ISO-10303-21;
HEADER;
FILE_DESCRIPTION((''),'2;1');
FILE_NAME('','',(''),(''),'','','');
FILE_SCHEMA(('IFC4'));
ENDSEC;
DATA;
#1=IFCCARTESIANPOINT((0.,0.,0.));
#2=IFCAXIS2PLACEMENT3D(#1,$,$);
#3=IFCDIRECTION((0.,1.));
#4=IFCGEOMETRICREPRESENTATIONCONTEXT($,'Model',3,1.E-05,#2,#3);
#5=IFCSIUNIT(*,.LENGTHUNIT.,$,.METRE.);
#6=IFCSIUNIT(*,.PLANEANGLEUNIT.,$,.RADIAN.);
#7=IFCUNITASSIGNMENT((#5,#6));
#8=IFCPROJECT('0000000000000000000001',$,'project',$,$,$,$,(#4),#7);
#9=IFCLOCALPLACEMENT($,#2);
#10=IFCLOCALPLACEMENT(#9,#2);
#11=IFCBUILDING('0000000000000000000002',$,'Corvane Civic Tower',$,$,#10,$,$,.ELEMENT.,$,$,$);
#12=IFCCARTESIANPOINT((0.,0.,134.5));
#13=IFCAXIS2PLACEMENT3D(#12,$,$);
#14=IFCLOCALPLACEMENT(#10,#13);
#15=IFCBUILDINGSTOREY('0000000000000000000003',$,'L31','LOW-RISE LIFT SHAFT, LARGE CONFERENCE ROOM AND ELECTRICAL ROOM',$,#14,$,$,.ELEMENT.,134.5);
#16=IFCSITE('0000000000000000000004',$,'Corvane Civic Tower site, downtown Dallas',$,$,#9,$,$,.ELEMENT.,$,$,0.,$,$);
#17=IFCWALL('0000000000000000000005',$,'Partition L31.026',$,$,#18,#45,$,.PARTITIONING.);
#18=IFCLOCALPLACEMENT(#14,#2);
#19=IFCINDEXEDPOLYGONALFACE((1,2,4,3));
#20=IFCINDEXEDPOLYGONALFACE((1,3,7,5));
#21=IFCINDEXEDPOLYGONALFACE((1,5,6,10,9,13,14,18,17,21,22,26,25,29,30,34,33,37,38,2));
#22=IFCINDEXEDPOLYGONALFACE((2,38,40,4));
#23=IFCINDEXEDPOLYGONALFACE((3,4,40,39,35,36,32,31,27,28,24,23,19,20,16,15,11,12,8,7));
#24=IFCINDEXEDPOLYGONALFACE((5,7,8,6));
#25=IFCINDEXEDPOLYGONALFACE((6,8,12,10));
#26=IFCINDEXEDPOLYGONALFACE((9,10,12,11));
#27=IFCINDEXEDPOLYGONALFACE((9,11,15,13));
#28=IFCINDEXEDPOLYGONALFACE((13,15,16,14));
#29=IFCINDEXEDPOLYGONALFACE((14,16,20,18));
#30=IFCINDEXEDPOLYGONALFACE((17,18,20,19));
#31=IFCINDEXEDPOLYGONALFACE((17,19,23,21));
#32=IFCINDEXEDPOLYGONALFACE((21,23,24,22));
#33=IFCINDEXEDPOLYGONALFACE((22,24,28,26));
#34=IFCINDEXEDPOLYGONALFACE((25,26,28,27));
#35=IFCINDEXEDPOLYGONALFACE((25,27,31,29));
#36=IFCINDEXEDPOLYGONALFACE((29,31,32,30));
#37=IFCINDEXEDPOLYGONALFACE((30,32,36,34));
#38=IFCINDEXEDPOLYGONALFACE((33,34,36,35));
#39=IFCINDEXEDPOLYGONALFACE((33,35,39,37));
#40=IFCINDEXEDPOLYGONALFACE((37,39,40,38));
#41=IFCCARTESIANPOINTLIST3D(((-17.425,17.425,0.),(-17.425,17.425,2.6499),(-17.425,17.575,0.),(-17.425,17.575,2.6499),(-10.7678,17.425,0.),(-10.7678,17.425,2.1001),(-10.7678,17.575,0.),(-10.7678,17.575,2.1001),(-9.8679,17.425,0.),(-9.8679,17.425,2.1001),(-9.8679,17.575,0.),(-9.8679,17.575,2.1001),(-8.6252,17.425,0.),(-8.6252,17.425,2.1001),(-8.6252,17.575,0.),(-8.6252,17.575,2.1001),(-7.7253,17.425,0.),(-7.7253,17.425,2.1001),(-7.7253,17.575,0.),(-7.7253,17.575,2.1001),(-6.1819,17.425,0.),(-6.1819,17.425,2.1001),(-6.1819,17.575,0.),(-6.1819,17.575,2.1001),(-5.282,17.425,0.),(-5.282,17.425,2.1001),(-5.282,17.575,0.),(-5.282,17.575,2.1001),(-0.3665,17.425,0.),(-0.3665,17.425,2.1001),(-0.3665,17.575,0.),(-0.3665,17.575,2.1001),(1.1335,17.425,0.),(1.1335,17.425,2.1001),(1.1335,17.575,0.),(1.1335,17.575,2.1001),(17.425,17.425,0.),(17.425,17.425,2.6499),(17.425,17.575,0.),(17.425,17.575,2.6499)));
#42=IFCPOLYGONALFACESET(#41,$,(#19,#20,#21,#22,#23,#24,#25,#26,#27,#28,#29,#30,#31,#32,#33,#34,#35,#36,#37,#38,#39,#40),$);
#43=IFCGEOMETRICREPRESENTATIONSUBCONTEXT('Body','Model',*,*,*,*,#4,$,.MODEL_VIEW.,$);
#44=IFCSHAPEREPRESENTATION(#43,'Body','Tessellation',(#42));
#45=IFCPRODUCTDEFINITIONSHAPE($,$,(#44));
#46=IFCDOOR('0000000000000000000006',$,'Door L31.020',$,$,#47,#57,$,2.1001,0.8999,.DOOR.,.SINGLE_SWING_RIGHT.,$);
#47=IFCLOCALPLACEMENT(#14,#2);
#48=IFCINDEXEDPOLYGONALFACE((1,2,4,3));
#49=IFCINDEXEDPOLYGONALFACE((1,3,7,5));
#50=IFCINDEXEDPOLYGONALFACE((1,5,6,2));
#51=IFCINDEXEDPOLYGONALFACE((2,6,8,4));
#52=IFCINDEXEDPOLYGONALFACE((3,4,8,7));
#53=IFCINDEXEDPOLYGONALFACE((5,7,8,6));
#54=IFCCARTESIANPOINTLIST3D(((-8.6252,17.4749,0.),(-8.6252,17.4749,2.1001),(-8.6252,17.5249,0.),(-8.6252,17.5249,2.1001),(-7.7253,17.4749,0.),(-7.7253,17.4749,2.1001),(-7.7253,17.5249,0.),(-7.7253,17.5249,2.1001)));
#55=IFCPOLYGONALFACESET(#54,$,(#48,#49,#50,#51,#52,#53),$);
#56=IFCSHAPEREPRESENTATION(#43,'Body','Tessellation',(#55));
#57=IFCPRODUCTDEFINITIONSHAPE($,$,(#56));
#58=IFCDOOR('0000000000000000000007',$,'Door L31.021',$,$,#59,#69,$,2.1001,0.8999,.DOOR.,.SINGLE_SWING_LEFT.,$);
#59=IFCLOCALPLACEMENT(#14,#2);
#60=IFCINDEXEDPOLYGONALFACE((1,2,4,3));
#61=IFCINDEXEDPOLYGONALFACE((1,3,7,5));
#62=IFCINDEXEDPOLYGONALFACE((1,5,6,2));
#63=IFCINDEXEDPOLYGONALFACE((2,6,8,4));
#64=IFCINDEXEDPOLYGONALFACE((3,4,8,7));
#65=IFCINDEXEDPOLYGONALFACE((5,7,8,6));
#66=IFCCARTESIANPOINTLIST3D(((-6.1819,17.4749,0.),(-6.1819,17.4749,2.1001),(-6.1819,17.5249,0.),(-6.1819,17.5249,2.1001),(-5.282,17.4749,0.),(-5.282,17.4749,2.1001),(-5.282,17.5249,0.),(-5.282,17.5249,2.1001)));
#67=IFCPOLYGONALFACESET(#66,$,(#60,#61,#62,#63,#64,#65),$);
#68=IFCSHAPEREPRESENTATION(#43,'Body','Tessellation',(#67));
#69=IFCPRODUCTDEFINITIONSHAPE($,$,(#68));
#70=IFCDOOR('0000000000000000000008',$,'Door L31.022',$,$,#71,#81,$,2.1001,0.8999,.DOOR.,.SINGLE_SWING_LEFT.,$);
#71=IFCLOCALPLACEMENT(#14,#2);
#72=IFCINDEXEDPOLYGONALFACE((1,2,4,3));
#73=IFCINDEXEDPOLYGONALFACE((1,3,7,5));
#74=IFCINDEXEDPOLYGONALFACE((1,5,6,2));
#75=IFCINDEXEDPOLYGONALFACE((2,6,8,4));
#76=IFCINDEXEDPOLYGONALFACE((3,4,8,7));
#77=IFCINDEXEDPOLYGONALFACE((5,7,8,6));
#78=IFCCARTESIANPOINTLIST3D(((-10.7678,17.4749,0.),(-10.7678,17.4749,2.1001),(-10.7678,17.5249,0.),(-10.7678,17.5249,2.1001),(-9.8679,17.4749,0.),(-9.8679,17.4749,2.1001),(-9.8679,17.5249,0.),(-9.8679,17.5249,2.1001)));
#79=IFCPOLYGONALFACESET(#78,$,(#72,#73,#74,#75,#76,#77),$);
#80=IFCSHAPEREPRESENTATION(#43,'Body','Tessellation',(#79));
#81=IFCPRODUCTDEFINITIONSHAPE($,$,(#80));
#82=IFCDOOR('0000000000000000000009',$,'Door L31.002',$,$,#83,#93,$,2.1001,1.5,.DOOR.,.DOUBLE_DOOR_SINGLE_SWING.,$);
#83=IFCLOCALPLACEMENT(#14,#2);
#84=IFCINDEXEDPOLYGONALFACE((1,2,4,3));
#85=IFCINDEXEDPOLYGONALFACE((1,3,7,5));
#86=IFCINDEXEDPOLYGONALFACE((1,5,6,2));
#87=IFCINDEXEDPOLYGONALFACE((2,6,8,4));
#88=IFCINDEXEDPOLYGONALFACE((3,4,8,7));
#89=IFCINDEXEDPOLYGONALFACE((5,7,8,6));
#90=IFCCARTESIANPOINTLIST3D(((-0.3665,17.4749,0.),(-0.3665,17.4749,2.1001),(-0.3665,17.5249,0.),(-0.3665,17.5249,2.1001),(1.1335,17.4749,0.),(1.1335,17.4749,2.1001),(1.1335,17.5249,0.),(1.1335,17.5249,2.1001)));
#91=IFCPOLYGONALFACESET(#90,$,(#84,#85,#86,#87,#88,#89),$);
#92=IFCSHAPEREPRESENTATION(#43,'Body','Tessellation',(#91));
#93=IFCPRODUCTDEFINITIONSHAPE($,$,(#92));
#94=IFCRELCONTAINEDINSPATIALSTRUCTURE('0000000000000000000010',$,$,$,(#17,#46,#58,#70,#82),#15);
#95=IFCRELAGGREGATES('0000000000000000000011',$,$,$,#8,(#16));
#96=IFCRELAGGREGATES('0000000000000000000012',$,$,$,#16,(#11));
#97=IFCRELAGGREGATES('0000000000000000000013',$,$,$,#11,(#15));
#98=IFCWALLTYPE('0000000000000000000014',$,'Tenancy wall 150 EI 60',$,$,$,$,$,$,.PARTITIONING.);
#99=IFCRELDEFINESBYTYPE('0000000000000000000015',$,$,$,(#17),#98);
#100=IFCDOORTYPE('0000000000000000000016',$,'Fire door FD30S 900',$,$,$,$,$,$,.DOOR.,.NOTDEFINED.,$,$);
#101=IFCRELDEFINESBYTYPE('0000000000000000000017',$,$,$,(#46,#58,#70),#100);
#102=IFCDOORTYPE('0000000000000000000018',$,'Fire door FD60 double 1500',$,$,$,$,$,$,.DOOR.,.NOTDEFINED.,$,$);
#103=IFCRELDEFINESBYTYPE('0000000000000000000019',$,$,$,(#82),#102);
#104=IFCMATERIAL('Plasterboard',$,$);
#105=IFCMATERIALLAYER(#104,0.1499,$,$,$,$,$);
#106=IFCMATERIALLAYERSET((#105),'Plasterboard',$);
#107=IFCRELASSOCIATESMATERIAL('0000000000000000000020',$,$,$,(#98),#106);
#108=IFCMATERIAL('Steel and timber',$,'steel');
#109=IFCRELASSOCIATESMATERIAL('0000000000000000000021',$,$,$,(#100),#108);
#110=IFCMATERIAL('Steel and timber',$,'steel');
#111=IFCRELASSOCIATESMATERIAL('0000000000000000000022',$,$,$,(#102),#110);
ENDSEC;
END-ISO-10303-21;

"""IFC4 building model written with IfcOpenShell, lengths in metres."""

from ifc_helpers import new_model, si_unit, direction, frame, frame_2d, origin, place, context, subcontext, project, spatial, rectangle, extrude, material, layer, layer_set, type_object, element, fill, save


model = new_model("IFC4")

# Units and contexts
model_context = context("Model", 3, precision=1e-05, world=origin(), true_north=direction((0.0, 1.0)))
body_context = subcontext(model_context, "Body", "Model", "MODEL_VIEW")
ifc_project = project(units=[si_unit("LENGTHUNIT", "METRE"), si_unit("PLANEANGLEUNIT", "RADIAN")], contexts=[model_context])

# Site, building, storey
site_placement = place(None, origin())
site = spatial("IfcSite", under=ifc_project, at=site_placement, Name="Corvane Civic Tower site, downtown Dallas", CompositionType="ELEMENT", RefElevation=0.0)
building_placement = place(site_placement, origin())
building = spatial("IfcBuilding", under=site, at=building_placement, Name="Corvane Civic Tower", CompositionType="ELEMENT")
storey_placement = place(building_placement, frame((0.0, 0.0, 134.5)))
storey = spatial("IfcBuildingStorey", under=building, at=storey_placement, Name="L31", Description="LOW-RISE LIFT SHAFT, LARGE CONFERENCE ROOM AND ELECTRICAL ROOM", CompositionType="ELEMENT", Elevation=134.5)

# Wall, openings, doors
ifc_material_1 = material(Name="Plasterboard")
ifc_layer_1 = layer(ifc_material_1, 0.1499)
ifc_layer_set_1 = layer_set([ifc_layer_1], Name="Plasterboard")
wall_type_1 = type_object("IfcWallType", Name="Tenancy wall 150 EI 60", PredefinedType="PARTITIONING", material=ifc_layer_set_1)
wall_1_placement = place(storey_placement, frame((-17.425, 17.5, 0.0), z_axis=(0.0, 0.0, 1.0), x_axis=(1.0, 0.0, 0.0)))
wall_1 = element("IfcWall", 1, at=wall_1_placement, inside=storey, type_object=wall_type_1, Name="Partition L31.026", PredefinedType="PARTITIONING", context=body_context, shape_type="SweptSolid", body=[
    extrude(rectangle(XDim=34.8501, YDim=0.1499, at=frame_2d((17.425, 0.0))), origin(), (0.0, 0.0, 1.0), 2.6499),
])
opening_1_placement = place(wall_1_placement, frame((17.0586, 0.0, 0.0)))
opening_1 = element("IfcOpeningElement", 2, at=opening_1_placement, cuts=wall_1, PredefinedType="OPENING", context=body_context, shape_type="SweptSolid", body=[
    extrude(rectangle(XDim=1.5, YDim=2.1001, at=frame_2d((0.75, 1.05))), frame((0.0, 0.085, 0.0), z_axis=(0.0, -1.0, 0.0), x_axis=(1.0, 0.0, 0.0)), (0.0, 0.0, 1.0), 0.1699),
])
opening_2_placement = place(wall_1_placement, frame((8.7998, 0.0, 0.0)))
opening_2 = element("IfcOpeningElement", 3, at=opening_2_placement, cuts=wall_1, PredefinedType="OPENING", context=body_context, shape_type="SweptSolid", body=[
    extrude(rectangle(XDim=0.8999, YDim=2.1001, at=frame_2d((0.45, 1.05))), frame((0.0, 0.085, 0.0), z_axis=(0.0, -1.0, 0.0), x_axis=(1.0, 0.0, 0.0)), (0.0, 0.0, 1.0), 0.1699),
])
opening_3_placement = place(wall_1_placement, frame((11.2432, 0.0, 0.0)))
opening_3 = element("IfcOpeningElement", 4, at=opening_3_placement, cuts=wall_1, PredefinedType="OPENING", context=body_context, shape_type="SweptSolid", body=[
    extrude(rectangle(XDim=0.8999, YDim=2.1001, at=frame_2d((0.45, 1.05))), frame((0.0, 0.085, 0.0), z_axis=(0.0, -1.0, 0.0), x_axis=(1.0, 0.0, 0.0)), (0.0, 0.0, 1.0), 0.1699),
])
opening_4_placement = place(wall_1_placement, frame((6.6572, 0.0, 0.0)))
opening_4 = element("IfcOpeningElement", 5, at=opening_4_placement, cuts=wall_1, PredefinedType="OPENING", context=body_context, shape_type="SweptSolid", body=[
    extrude(rectangle(XDim=0.8999, YDim=2.1001, at=frame_2d((0.45, 1.05))), frame((0.0, 0.085, 0.0), z_axis=(0.0, -1.0, 0.0), x_axis=(1.0, 0.0, 0.0)), (0.0, 0.0, 1.0), 0.1699),
])
ifc_material_2 = material(Name="Steel and timber", Category="steel")
door_type_1 = type_object("IfcDoorType", Name="Fire door FD30S 900", OperationType="NOTDEFINED", PredefinedType="DOOR", material=ifc_material_2)
door_1_placement = place(opening_2_placement, origin())
door_1 = element("IfcDoor", 6, at=door_1_placement, inside=storey, type_object=door_type_1, Name="Door L31.020", OperationType="SINGLE_SWING_RIGHT", OverallHeight=2.1001, OverallWidth=0.8999, PredefinedType="DOOR", context=body_context, shape_type="SweptSolid", body=[
    extrude(rectangle(XDim=0.8999, YDim=2.1001, at=frame_2d((0.45, 1.05))), frame((0.0, 0.0249, 0.0), z_axis=(0.0, -1.0, 0.0), x_axis=(1.0, 0.0, 0.0)), (0.0, 0.0, 1.0), 0.05),
])
fill(opening_2, door_1)
door_2_placement = place(opening_3_placement, origin())
door_2 = element("IfcDoor", 7, at=door_2_placement, inside=storey, type_object=door_type_1, Name="Door L31.021", OperationType="SINGLE_SWING_LEFT", OverallHeight=2.1001, OverallWidth=0.8999, PredefinedType="DOOR", context=body_context, shape_type="SweptSolid", body=[
    extrude(rectangle(XDim=0.8999, YDim=2.1001, at=frame_2d((0.45, 1.05))), frame((0.0, 0.0249, 0.0), z_axis=(0.0, -1.0, 0.0), x_axis=(1.0, 0.0, 0.0)), (0.0, 0.0, 1.0), 0.05),
])
fill(opening_3, door_2)
door_3_placement = place(opening_4_placement, origin())
door_3 = element("IfcDoor", 8, at=door_3_placement, inside=storey, type_object=door_type_1, Name="Door L31.022", OperationType="SINGLE_SWING_LEFT", OverallHeight=2.1001, OverallWidth=0.8999, PredefinedType="DOOR", context=body_context, shape_type="SweptSolid", body=[
    extrude(rectangle(XDim=0.8999, YDim=2.1001, at=frame_2d((0.45, 1.05))), frame((0.0, 0.0249, 0.0), z_axis=(0.0, -1.0, 0.0), x_axis=(1.0, 0.0, 0.0)), (0.0, 0.0, 1.0), 0.05),
])
fill(opening_4, door_3)
ifc_material_3 = material(Name="Steel and timber", Category="steel")
door_type_2 = type_object("IfcDoorType", Name="Fire door FD60 double 1500", OperationType="NOTDEFINED", PredefinedType="DOOR", material=ifc_material_3)
door_4_placement = place(opening_1_placement, origin())
door_4 = element("IfcDoor", 9, at=door_4_placement, inside=storey, type_object=door_type_2, Name="Door L31.002", OperationType="DOUBLE_DOOR_SINGLE_SWING", OverallHeight=2.1001, OverallWidth=1.5, PredefinedType="DOOR", context=body_context, shape_type="SweptSolid", body=[
    extrude(rectangle(XDim=1.5, YDim=2.1001, at=frame_2d((0.75, 1.05))), frame((0.0, 0.0249, 0.0), z_axis=(0.0, -1.0, 0.0), x_axis=(1.0, 0.0, 0.0)), (0.0, 0.0, 1.0), 0.05),
])
fill(opening_1, door_4)

save(model, "model.ifc")
